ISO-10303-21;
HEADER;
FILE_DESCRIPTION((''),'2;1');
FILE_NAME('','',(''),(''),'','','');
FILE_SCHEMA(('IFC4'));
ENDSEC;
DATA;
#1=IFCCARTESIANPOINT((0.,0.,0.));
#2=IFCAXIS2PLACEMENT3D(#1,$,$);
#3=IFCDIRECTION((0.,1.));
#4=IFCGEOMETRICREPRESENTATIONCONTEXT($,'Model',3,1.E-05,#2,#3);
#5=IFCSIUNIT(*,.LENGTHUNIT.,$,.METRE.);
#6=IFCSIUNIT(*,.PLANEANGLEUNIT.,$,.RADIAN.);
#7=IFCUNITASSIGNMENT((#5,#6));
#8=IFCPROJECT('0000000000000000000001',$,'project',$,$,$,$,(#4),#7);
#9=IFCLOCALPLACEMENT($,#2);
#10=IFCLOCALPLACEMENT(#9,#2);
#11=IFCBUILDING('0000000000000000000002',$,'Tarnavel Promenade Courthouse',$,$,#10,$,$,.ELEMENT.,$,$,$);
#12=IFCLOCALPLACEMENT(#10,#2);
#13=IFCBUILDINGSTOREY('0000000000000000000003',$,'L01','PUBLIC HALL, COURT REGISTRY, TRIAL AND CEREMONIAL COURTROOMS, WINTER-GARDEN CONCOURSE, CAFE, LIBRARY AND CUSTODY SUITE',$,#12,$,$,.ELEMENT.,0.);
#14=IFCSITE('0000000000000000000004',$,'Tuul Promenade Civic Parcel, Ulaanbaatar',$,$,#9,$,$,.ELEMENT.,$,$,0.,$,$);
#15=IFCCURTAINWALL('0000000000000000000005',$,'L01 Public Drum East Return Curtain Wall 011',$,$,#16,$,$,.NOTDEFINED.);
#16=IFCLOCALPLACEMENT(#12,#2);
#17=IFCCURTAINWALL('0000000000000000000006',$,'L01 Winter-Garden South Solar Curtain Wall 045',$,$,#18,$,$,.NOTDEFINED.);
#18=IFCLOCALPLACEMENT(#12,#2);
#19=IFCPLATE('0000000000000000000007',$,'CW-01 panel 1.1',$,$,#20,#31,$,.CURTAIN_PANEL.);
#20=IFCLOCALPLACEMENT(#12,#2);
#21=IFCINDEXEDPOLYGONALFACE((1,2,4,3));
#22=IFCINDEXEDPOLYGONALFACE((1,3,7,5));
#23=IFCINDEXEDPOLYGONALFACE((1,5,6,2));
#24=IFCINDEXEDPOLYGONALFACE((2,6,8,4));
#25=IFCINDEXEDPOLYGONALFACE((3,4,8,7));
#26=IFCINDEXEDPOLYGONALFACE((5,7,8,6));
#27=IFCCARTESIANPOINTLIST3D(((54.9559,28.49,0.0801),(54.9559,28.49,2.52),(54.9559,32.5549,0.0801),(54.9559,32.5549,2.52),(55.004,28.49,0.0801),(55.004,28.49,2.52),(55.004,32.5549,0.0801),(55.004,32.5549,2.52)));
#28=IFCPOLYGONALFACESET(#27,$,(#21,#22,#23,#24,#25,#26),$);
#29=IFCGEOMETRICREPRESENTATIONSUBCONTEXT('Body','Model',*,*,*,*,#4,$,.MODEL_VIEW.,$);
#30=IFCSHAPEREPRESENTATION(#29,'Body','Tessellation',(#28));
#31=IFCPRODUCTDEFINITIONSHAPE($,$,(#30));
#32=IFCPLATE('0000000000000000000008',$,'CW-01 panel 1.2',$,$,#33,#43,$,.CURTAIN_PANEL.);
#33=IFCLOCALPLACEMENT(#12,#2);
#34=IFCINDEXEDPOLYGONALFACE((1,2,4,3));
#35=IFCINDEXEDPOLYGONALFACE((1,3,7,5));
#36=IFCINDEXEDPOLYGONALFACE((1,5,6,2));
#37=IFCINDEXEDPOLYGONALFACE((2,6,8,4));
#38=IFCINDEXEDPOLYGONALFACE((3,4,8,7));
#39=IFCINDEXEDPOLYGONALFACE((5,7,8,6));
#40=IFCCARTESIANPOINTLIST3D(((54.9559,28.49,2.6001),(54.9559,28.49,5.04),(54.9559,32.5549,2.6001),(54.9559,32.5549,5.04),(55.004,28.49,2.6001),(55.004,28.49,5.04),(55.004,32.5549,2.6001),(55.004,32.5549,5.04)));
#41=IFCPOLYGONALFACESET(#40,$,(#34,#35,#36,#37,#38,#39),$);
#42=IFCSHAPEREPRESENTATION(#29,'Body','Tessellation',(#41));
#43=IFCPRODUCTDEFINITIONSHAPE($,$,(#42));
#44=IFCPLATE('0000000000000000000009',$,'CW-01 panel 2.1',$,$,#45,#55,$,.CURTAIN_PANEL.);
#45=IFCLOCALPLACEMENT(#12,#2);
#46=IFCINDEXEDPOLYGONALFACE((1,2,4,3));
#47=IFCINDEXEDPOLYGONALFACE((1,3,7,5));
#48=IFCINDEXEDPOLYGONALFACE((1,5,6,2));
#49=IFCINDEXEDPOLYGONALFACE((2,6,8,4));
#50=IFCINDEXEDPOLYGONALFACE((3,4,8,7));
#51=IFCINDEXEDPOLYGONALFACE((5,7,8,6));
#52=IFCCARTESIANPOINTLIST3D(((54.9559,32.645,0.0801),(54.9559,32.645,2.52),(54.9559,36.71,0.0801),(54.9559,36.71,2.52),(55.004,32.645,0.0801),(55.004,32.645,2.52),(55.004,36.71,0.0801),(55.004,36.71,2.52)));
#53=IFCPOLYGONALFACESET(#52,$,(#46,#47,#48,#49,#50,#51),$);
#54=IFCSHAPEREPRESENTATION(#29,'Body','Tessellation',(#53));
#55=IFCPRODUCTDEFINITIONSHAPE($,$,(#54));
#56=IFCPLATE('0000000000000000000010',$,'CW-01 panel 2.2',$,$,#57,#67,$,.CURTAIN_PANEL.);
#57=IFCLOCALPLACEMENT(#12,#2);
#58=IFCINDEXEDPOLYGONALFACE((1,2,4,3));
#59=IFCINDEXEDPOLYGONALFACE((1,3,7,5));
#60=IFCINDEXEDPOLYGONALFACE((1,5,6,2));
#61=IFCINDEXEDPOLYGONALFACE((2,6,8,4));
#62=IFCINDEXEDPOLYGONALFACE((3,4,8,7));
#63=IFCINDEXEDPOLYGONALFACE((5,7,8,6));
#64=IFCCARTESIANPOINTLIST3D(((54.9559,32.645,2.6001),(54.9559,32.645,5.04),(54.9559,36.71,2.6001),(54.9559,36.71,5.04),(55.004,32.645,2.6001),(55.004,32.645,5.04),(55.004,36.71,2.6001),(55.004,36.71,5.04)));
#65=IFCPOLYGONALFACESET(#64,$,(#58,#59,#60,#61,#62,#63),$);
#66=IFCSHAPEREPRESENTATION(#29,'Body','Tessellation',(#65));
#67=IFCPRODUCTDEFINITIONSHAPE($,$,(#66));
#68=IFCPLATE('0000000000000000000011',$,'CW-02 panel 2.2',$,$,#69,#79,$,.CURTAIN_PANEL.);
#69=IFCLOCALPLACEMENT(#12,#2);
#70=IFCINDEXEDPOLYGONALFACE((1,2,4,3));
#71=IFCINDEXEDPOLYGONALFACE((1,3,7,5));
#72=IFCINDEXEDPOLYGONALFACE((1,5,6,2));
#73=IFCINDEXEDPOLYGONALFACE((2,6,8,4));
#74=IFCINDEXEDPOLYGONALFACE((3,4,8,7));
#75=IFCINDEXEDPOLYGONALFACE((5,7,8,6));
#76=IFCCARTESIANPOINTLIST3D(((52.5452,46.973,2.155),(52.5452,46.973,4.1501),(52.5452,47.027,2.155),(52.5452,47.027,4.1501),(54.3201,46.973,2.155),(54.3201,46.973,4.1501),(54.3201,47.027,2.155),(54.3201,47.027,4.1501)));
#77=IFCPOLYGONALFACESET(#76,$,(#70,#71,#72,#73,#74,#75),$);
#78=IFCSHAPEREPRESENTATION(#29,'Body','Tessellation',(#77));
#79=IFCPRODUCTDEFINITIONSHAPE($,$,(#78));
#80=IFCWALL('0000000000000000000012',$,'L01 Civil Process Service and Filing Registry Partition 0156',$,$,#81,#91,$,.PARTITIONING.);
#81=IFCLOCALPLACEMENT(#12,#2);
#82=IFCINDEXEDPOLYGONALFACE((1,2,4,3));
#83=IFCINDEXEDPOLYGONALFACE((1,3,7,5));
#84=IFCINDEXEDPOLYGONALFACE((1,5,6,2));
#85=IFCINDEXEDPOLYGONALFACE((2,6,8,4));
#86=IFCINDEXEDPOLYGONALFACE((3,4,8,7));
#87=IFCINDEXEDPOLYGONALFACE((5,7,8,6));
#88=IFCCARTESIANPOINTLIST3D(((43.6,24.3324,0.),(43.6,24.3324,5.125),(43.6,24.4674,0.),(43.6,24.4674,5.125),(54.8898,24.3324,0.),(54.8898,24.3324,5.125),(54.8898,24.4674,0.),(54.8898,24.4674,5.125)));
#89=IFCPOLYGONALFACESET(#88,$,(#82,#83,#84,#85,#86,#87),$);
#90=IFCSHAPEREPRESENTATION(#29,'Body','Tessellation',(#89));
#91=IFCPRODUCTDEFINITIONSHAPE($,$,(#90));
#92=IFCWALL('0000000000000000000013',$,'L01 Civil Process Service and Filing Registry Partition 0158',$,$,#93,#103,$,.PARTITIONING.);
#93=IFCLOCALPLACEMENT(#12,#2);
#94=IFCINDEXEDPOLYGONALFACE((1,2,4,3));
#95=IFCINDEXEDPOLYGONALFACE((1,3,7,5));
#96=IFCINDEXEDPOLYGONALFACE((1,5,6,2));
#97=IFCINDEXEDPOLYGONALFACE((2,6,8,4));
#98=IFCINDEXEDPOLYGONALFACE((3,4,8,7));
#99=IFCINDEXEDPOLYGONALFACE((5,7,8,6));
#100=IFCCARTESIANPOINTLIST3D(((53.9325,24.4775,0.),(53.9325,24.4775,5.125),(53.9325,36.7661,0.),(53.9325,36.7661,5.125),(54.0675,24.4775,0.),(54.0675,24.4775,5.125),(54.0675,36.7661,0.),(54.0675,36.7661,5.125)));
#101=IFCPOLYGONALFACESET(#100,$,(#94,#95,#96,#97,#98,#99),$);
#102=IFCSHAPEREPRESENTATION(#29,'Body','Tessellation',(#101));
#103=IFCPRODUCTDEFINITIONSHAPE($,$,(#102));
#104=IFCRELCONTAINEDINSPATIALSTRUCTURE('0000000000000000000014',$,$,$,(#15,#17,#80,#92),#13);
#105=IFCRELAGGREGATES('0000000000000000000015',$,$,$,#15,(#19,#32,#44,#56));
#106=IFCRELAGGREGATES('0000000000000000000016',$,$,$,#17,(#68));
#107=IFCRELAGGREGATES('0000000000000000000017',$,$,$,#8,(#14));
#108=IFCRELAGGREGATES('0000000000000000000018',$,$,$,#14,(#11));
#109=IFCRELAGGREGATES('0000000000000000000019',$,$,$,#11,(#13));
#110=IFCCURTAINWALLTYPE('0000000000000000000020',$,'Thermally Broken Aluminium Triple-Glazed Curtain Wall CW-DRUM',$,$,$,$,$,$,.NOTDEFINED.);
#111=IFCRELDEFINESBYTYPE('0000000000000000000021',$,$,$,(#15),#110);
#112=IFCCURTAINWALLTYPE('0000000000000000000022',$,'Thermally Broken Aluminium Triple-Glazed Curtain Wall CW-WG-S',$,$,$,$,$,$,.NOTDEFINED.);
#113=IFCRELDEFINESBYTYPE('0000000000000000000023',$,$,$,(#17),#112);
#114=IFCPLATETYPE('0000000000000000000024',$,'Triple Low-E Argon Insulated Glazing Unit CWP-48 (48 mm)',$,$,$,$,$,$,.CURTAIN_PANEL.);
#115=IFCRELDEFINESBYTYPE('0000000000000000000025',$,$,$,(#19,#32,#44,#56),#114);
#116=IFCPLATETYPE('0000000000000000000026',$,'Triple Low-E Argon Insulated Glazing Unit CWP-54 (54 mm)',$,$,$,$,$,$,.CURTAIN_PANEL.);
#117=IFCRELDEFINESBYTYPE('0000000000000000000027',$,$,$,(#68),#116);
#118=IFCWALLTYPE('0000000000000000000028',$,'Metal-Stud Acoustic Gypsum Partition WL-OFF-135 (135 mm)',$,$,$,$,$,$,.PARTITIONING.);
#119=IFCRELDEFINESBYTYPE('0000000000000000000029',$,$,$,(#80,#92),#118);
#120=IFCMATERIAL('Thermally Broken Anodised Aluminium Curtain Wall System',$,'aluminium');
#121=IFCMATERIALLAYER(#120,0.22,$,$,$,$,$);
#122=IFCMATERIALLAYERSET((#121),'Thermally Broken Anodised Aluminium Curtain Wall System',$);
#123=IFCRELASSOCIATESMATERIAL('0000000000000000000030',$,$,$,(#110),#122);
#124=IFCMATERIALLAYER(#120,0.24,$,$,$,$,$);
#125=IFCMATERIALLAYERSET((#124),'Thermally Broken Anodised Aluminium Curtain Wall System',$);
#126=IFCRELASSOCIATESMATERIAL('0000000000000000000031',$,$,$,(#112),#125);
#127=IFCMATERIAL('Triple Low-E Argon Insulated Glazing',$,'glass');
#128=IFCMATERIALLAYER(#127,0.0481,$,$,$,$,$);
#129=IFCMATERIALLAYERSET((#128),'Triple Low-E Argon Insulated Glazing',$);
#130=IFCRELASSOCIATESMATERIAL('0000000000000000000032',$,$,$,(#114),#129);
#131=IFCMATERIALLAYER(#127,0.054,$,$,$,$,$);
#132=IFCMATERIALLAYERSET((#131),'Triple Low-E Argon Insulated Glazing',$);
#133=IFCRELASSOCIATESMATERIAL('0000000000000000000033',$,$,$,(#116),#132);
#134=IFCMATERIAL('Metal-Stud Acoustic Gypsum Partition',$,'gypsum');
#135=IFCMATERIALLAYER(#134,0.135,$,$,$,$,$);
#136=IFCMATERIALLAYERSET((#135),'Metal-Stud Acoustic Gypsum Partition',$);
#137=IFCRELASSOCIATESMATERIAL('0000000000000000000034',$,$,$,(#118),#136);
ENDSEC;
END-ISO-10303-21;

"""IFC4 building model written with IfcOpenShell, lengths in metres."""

from ifc_helpers import new_model, si_unit, direction, frame, frame_2d, origin, origin_2d, place, context, subcontext, project, spatial, rectangle, extrude, material, layer, layer_set, type_object, element, aggregate, save


model = new_model("IFC4")

# Units and contexts
model_context = context("Model", 3, precision=1e-05, world=origin(), true_north=direction((0.0, 1.0)))
body_context = subcontext(model_context, "Body", "Model", "MODEL_VIEW")
ifc_project = project(units=[si_unit("LENGTHUNIT", "METRE"), si_unit("PLANEANGLEUNIT", "RADIAN")], contexts=[model_context])

# Site, building, storey
site_placement = place(None, origin())
site = spatial("IfcSite", under=ifc_project, at=site_placement, Name="Tuul Promenade Civic Parcel, Ulaanbaatar", CompositionType="ELEMENT", RefElevation=0.0)
building_placement = place(site_placement, origin())
building = spatial("IfcBuilding", under=site, at=building_placement, Name="Tarnavel Promenade Courthouse", CompositionType="ELEMENT")
storey_placement = place(building_placement, origin())
storey = spatial("IfcBuildingStorey", under=building, at=storey_placement, Name="L01", Description="PUBLIC HALL, COURT REGISTRY, TRIAL AND CEREMONIAL COURTROOMS, WINTER-GARDEN CONCOURSE, CAFE, LIBRARY AND CUSTODY SUITE", CompositionType="ELEMENT", Elevation=0.0)

# Curtain wall
ifc_material_1 = material(Name="Thermally Broken Anodised Aluminium Curtain Wall System", Category="aluminium")
ifc_layer_1 = layer(ifc_material_1, 0.22)
ifc_layer_set_1 = layer_set([ifc_layer_1], Name="Thermally Broken Anodised Aluminium Curtain Wall System")
curtain_wall_type_1 = type_object("IfcCurtainWallType", Name="Thermally Broken Aluminium Triple-Glazed Curtain Wall CW-DRUM", PredefinedType="NOTDEFINED", material=ifc_layer_set_1)
curtain_wall_1_placement = place(storey_placement, origin())
curtain_wall_1 = element("IfcCurtainWall", 1, at=curtain_wall_1_placement, inside=storey, type_object=curtain_wall_type_1, Name="L01 Public Drum East Return Curtain Wall 011", PredefinedType="NOTDEFINED")

# Curtain wall
ifc_layer_2 = layer(ifc_material_1, 0.24)
ifc_layer_set_2 = layer_set([ifc_layer_2], Name="Thermally Broken Anodised Aluminium Curtain Wall System")
curtain_wall_type_2 = type_object("IfcCurtainWallType", Name="Thermally Broken Aluminium Triple-Glazed Curtain Wall CW-WG-S", PredefinedType="NOTDEFINED", material=ifc_layer_set_2)
curtain_wall_2_placement = place(storey_placement, origin())
curtain_wall_2 = element("IfcCurtainWall", 2, at=curtain_wall_2_placement, inside=storey, type_object=curtain_wall_type_2, Name="L01 Winter-Garden South Solar Curtain Wall 045", PredefinedType="NOTDEFINED")

# Plates
ifc_material_2 = material(Name="Triple Low-E Argon Insulated Glazing", Category="glass")
ifc_layer_3 = layer(ifc_material_2, 0.0481)
ifc_layer_set_3 = layer_set([ifc_layer_3], Name="Triple Low-E Argon Insulated Glazing")
plate_type_1 = type_object("IfcPlateType", Name="Triple Low-E Argon Insulated Glazing Unit CWP-48 (48 mm)", PredefinedType="CURTAIN_PANEL", material=ifc_layer_set_3)
plate_1_placement = place(storey_placement, frame((54.98, 30.5225, 0.0801), z_axis=(0.0, 0.0, 1.0), x_axis=(0.0, 1.0, 0.0)))
plate_1 = element("IfcPlate", 3, at=plate_1_placement, type_object=plate_type_1, Name="CW-01 panel 1.1", PredefinedType="CURTAIN_PANEL", context=body_context, shape_type="SweptSolid", body=[
    extrude(rectangle(XDim=4.0649, YDim=0.0481, at=origin_2d()), origin(), (0.0, 0.0, 1.0), 2.4399),
])
plate_2_placement = place(storey_placement, frame((54.98, 30.5225, 2.6001), z_axis=(0.0, 0.0, 1.0), x_axis=(0.0, 1.0, 0.0)))
plate_2 = element("IfcPlate", 4, at=plate_2_placement, type_object=plate_type_1, Name="CW-01 panel 1.2", PredefinedType="CURTAIN_PANEL", context=body_context, shape_type="SweptSolid", body=[
    extrude(rectangle(XDim=4.0649, YDim=0.0481, at=origin_2d()), origin(), (0.0, 0.0, 1.0), 2.4399),
])
plate_3_placement = place(storey_placement, frame((54.98, 34.6775, 0.0801), z_axis=(0.0, 0.0, 1.0), x_axis=(0.0, 1.0, 0.0)))
plate_3 = element("IfcPlate", 5, at=plate_3_placement, type_object=plate_type_1, Name="CW-01 panel 2.1", PredefinedType="CURTAIN_PANEL", context=body_context, shape_type="SweptSolid", body=[
    extrude(rectangle(XDim=4.0649, YDim=0.0481, at=origin_2d()), origin(), (0.0, 0.0, 1.0), 2.4399),
])
plate_4_placement = place(storey_placement, frame((54.98, 34.6775, 2.6001), z_axis=(0.0, 0.0, 1.0), x_axis=(0.0, 1.0, 0.0)))
plate_4 = element("IfcPlate", 6, at=plate_4_placement, type_object=plate_type_1, Name="CW-01 panel 2.2", PredefinedType="CURTAIN_PANEL", context=body_context, shape_type="SweptSolid", body=[
    extrude(rectangle(XDim=4.0649, YDim=0.0481, at=origin_2d()), origin(), (0.0, 0.0, 1.0), 2.4399),
])
aggregate(curtain_wall_1, [plate_1, plate_2, plate_3, plate_4])
ifc_layer_4 = layer(ifc_material_2, 0.054)
ifc_layer_set_4 = layer_set([ifc_layer_4], Name="Triple Low-E Argon Insulated Glazing")
plate_type_2 = type_object("IfcPlateType", Name="Triple Low-E Argon Insulated Glazing Unit CWP-54 (54 mm)", PredefinedType="CURTAIN_PANEL", material=ifc_layer_set_4)
plate_5_placement = place(storey_placement, frame((53.4326, 47.0, 2.155), z_axis=(0.0, 0.0, 1.0), x_axis=(1.0, 0.0, 0.0)))
plate_5 = element("IfcPlate", 7, at=plate_5_placement, type_object=plate_type_2, Name="CW-02 panel 2.2", PredefinedType="CURTAIN_PANEL", context=body_context, shape_type="SweptSolid", body=[
    extrude(rectangle(XDim=1.7749, YDim=0.054, at=origin_2d()), origin(), (0.0, 0.0, 1.0), 1.9951),
])
aggregate(curtain_wall_2, [plate_5])

# Walls
ifc_material_3 = material(Name="Metal-Stud Acoustic Gypsum Partition", Category="gypsum")
ifc_layer_5 = layer(ifc_material_3, 0.135)
ifc_layer_set_5 = layer_set([ifc_layer_5], Name="Metal-Stud Acoustic Gypsum Partition")
wall_type = type_object("IfcWallType", Name="Metal-Stud Acoustic Gypsum Partition WL-OFF-135 (135 mm)", PredefinedType="PARTITIONING", material=ifc_layer_set_5)
wall_1_placement = place(storey_placement, frame((54.8899, 24.3999, 0.0), z_axis=(0.0, 0.0, 1.0), x_axis=(-1.0, 0.0, 0.0)))
element("IfcWall", 8, at=wall_1_placement, inside=storey, type_object=wall_type, Name="L01 Civil Process Service and Filing Registry Partition 0156", PredefinedType="PARTITIONING", context=body_context, shape_type="SweptSolid", body=[
    extrude(rectangle(XDim=11.2898, YDim=0.135, at=frame_2d((5.645, 0.0))), origin(), (0.0, 0.0, 1.0), 5.125),
])
wall_2_placement = place(storey_placement, frame((54.0, 36.7661, 0.0), z_axis=(0.0, 0.0, 1.0), x_axis=(0.0, -1.0, 0.0)))
element("IfcWall", 9, at=wall_2_placement, inside=storey, type_object=wall_type, Name="L01 Civil Process Service and Filing Registry Partition 0158", PredefinedType="PARTITIONING", context=body_context, shape_type="SweptSolid", body=[
    extrude(rectangle(XDim=12.2886, YDim=0.135, at=frame_2d((6.1443, 0.0))), origin(), (0.0, 0.0, 1.0), 5.125),
])

save(model, "model.ifc")
